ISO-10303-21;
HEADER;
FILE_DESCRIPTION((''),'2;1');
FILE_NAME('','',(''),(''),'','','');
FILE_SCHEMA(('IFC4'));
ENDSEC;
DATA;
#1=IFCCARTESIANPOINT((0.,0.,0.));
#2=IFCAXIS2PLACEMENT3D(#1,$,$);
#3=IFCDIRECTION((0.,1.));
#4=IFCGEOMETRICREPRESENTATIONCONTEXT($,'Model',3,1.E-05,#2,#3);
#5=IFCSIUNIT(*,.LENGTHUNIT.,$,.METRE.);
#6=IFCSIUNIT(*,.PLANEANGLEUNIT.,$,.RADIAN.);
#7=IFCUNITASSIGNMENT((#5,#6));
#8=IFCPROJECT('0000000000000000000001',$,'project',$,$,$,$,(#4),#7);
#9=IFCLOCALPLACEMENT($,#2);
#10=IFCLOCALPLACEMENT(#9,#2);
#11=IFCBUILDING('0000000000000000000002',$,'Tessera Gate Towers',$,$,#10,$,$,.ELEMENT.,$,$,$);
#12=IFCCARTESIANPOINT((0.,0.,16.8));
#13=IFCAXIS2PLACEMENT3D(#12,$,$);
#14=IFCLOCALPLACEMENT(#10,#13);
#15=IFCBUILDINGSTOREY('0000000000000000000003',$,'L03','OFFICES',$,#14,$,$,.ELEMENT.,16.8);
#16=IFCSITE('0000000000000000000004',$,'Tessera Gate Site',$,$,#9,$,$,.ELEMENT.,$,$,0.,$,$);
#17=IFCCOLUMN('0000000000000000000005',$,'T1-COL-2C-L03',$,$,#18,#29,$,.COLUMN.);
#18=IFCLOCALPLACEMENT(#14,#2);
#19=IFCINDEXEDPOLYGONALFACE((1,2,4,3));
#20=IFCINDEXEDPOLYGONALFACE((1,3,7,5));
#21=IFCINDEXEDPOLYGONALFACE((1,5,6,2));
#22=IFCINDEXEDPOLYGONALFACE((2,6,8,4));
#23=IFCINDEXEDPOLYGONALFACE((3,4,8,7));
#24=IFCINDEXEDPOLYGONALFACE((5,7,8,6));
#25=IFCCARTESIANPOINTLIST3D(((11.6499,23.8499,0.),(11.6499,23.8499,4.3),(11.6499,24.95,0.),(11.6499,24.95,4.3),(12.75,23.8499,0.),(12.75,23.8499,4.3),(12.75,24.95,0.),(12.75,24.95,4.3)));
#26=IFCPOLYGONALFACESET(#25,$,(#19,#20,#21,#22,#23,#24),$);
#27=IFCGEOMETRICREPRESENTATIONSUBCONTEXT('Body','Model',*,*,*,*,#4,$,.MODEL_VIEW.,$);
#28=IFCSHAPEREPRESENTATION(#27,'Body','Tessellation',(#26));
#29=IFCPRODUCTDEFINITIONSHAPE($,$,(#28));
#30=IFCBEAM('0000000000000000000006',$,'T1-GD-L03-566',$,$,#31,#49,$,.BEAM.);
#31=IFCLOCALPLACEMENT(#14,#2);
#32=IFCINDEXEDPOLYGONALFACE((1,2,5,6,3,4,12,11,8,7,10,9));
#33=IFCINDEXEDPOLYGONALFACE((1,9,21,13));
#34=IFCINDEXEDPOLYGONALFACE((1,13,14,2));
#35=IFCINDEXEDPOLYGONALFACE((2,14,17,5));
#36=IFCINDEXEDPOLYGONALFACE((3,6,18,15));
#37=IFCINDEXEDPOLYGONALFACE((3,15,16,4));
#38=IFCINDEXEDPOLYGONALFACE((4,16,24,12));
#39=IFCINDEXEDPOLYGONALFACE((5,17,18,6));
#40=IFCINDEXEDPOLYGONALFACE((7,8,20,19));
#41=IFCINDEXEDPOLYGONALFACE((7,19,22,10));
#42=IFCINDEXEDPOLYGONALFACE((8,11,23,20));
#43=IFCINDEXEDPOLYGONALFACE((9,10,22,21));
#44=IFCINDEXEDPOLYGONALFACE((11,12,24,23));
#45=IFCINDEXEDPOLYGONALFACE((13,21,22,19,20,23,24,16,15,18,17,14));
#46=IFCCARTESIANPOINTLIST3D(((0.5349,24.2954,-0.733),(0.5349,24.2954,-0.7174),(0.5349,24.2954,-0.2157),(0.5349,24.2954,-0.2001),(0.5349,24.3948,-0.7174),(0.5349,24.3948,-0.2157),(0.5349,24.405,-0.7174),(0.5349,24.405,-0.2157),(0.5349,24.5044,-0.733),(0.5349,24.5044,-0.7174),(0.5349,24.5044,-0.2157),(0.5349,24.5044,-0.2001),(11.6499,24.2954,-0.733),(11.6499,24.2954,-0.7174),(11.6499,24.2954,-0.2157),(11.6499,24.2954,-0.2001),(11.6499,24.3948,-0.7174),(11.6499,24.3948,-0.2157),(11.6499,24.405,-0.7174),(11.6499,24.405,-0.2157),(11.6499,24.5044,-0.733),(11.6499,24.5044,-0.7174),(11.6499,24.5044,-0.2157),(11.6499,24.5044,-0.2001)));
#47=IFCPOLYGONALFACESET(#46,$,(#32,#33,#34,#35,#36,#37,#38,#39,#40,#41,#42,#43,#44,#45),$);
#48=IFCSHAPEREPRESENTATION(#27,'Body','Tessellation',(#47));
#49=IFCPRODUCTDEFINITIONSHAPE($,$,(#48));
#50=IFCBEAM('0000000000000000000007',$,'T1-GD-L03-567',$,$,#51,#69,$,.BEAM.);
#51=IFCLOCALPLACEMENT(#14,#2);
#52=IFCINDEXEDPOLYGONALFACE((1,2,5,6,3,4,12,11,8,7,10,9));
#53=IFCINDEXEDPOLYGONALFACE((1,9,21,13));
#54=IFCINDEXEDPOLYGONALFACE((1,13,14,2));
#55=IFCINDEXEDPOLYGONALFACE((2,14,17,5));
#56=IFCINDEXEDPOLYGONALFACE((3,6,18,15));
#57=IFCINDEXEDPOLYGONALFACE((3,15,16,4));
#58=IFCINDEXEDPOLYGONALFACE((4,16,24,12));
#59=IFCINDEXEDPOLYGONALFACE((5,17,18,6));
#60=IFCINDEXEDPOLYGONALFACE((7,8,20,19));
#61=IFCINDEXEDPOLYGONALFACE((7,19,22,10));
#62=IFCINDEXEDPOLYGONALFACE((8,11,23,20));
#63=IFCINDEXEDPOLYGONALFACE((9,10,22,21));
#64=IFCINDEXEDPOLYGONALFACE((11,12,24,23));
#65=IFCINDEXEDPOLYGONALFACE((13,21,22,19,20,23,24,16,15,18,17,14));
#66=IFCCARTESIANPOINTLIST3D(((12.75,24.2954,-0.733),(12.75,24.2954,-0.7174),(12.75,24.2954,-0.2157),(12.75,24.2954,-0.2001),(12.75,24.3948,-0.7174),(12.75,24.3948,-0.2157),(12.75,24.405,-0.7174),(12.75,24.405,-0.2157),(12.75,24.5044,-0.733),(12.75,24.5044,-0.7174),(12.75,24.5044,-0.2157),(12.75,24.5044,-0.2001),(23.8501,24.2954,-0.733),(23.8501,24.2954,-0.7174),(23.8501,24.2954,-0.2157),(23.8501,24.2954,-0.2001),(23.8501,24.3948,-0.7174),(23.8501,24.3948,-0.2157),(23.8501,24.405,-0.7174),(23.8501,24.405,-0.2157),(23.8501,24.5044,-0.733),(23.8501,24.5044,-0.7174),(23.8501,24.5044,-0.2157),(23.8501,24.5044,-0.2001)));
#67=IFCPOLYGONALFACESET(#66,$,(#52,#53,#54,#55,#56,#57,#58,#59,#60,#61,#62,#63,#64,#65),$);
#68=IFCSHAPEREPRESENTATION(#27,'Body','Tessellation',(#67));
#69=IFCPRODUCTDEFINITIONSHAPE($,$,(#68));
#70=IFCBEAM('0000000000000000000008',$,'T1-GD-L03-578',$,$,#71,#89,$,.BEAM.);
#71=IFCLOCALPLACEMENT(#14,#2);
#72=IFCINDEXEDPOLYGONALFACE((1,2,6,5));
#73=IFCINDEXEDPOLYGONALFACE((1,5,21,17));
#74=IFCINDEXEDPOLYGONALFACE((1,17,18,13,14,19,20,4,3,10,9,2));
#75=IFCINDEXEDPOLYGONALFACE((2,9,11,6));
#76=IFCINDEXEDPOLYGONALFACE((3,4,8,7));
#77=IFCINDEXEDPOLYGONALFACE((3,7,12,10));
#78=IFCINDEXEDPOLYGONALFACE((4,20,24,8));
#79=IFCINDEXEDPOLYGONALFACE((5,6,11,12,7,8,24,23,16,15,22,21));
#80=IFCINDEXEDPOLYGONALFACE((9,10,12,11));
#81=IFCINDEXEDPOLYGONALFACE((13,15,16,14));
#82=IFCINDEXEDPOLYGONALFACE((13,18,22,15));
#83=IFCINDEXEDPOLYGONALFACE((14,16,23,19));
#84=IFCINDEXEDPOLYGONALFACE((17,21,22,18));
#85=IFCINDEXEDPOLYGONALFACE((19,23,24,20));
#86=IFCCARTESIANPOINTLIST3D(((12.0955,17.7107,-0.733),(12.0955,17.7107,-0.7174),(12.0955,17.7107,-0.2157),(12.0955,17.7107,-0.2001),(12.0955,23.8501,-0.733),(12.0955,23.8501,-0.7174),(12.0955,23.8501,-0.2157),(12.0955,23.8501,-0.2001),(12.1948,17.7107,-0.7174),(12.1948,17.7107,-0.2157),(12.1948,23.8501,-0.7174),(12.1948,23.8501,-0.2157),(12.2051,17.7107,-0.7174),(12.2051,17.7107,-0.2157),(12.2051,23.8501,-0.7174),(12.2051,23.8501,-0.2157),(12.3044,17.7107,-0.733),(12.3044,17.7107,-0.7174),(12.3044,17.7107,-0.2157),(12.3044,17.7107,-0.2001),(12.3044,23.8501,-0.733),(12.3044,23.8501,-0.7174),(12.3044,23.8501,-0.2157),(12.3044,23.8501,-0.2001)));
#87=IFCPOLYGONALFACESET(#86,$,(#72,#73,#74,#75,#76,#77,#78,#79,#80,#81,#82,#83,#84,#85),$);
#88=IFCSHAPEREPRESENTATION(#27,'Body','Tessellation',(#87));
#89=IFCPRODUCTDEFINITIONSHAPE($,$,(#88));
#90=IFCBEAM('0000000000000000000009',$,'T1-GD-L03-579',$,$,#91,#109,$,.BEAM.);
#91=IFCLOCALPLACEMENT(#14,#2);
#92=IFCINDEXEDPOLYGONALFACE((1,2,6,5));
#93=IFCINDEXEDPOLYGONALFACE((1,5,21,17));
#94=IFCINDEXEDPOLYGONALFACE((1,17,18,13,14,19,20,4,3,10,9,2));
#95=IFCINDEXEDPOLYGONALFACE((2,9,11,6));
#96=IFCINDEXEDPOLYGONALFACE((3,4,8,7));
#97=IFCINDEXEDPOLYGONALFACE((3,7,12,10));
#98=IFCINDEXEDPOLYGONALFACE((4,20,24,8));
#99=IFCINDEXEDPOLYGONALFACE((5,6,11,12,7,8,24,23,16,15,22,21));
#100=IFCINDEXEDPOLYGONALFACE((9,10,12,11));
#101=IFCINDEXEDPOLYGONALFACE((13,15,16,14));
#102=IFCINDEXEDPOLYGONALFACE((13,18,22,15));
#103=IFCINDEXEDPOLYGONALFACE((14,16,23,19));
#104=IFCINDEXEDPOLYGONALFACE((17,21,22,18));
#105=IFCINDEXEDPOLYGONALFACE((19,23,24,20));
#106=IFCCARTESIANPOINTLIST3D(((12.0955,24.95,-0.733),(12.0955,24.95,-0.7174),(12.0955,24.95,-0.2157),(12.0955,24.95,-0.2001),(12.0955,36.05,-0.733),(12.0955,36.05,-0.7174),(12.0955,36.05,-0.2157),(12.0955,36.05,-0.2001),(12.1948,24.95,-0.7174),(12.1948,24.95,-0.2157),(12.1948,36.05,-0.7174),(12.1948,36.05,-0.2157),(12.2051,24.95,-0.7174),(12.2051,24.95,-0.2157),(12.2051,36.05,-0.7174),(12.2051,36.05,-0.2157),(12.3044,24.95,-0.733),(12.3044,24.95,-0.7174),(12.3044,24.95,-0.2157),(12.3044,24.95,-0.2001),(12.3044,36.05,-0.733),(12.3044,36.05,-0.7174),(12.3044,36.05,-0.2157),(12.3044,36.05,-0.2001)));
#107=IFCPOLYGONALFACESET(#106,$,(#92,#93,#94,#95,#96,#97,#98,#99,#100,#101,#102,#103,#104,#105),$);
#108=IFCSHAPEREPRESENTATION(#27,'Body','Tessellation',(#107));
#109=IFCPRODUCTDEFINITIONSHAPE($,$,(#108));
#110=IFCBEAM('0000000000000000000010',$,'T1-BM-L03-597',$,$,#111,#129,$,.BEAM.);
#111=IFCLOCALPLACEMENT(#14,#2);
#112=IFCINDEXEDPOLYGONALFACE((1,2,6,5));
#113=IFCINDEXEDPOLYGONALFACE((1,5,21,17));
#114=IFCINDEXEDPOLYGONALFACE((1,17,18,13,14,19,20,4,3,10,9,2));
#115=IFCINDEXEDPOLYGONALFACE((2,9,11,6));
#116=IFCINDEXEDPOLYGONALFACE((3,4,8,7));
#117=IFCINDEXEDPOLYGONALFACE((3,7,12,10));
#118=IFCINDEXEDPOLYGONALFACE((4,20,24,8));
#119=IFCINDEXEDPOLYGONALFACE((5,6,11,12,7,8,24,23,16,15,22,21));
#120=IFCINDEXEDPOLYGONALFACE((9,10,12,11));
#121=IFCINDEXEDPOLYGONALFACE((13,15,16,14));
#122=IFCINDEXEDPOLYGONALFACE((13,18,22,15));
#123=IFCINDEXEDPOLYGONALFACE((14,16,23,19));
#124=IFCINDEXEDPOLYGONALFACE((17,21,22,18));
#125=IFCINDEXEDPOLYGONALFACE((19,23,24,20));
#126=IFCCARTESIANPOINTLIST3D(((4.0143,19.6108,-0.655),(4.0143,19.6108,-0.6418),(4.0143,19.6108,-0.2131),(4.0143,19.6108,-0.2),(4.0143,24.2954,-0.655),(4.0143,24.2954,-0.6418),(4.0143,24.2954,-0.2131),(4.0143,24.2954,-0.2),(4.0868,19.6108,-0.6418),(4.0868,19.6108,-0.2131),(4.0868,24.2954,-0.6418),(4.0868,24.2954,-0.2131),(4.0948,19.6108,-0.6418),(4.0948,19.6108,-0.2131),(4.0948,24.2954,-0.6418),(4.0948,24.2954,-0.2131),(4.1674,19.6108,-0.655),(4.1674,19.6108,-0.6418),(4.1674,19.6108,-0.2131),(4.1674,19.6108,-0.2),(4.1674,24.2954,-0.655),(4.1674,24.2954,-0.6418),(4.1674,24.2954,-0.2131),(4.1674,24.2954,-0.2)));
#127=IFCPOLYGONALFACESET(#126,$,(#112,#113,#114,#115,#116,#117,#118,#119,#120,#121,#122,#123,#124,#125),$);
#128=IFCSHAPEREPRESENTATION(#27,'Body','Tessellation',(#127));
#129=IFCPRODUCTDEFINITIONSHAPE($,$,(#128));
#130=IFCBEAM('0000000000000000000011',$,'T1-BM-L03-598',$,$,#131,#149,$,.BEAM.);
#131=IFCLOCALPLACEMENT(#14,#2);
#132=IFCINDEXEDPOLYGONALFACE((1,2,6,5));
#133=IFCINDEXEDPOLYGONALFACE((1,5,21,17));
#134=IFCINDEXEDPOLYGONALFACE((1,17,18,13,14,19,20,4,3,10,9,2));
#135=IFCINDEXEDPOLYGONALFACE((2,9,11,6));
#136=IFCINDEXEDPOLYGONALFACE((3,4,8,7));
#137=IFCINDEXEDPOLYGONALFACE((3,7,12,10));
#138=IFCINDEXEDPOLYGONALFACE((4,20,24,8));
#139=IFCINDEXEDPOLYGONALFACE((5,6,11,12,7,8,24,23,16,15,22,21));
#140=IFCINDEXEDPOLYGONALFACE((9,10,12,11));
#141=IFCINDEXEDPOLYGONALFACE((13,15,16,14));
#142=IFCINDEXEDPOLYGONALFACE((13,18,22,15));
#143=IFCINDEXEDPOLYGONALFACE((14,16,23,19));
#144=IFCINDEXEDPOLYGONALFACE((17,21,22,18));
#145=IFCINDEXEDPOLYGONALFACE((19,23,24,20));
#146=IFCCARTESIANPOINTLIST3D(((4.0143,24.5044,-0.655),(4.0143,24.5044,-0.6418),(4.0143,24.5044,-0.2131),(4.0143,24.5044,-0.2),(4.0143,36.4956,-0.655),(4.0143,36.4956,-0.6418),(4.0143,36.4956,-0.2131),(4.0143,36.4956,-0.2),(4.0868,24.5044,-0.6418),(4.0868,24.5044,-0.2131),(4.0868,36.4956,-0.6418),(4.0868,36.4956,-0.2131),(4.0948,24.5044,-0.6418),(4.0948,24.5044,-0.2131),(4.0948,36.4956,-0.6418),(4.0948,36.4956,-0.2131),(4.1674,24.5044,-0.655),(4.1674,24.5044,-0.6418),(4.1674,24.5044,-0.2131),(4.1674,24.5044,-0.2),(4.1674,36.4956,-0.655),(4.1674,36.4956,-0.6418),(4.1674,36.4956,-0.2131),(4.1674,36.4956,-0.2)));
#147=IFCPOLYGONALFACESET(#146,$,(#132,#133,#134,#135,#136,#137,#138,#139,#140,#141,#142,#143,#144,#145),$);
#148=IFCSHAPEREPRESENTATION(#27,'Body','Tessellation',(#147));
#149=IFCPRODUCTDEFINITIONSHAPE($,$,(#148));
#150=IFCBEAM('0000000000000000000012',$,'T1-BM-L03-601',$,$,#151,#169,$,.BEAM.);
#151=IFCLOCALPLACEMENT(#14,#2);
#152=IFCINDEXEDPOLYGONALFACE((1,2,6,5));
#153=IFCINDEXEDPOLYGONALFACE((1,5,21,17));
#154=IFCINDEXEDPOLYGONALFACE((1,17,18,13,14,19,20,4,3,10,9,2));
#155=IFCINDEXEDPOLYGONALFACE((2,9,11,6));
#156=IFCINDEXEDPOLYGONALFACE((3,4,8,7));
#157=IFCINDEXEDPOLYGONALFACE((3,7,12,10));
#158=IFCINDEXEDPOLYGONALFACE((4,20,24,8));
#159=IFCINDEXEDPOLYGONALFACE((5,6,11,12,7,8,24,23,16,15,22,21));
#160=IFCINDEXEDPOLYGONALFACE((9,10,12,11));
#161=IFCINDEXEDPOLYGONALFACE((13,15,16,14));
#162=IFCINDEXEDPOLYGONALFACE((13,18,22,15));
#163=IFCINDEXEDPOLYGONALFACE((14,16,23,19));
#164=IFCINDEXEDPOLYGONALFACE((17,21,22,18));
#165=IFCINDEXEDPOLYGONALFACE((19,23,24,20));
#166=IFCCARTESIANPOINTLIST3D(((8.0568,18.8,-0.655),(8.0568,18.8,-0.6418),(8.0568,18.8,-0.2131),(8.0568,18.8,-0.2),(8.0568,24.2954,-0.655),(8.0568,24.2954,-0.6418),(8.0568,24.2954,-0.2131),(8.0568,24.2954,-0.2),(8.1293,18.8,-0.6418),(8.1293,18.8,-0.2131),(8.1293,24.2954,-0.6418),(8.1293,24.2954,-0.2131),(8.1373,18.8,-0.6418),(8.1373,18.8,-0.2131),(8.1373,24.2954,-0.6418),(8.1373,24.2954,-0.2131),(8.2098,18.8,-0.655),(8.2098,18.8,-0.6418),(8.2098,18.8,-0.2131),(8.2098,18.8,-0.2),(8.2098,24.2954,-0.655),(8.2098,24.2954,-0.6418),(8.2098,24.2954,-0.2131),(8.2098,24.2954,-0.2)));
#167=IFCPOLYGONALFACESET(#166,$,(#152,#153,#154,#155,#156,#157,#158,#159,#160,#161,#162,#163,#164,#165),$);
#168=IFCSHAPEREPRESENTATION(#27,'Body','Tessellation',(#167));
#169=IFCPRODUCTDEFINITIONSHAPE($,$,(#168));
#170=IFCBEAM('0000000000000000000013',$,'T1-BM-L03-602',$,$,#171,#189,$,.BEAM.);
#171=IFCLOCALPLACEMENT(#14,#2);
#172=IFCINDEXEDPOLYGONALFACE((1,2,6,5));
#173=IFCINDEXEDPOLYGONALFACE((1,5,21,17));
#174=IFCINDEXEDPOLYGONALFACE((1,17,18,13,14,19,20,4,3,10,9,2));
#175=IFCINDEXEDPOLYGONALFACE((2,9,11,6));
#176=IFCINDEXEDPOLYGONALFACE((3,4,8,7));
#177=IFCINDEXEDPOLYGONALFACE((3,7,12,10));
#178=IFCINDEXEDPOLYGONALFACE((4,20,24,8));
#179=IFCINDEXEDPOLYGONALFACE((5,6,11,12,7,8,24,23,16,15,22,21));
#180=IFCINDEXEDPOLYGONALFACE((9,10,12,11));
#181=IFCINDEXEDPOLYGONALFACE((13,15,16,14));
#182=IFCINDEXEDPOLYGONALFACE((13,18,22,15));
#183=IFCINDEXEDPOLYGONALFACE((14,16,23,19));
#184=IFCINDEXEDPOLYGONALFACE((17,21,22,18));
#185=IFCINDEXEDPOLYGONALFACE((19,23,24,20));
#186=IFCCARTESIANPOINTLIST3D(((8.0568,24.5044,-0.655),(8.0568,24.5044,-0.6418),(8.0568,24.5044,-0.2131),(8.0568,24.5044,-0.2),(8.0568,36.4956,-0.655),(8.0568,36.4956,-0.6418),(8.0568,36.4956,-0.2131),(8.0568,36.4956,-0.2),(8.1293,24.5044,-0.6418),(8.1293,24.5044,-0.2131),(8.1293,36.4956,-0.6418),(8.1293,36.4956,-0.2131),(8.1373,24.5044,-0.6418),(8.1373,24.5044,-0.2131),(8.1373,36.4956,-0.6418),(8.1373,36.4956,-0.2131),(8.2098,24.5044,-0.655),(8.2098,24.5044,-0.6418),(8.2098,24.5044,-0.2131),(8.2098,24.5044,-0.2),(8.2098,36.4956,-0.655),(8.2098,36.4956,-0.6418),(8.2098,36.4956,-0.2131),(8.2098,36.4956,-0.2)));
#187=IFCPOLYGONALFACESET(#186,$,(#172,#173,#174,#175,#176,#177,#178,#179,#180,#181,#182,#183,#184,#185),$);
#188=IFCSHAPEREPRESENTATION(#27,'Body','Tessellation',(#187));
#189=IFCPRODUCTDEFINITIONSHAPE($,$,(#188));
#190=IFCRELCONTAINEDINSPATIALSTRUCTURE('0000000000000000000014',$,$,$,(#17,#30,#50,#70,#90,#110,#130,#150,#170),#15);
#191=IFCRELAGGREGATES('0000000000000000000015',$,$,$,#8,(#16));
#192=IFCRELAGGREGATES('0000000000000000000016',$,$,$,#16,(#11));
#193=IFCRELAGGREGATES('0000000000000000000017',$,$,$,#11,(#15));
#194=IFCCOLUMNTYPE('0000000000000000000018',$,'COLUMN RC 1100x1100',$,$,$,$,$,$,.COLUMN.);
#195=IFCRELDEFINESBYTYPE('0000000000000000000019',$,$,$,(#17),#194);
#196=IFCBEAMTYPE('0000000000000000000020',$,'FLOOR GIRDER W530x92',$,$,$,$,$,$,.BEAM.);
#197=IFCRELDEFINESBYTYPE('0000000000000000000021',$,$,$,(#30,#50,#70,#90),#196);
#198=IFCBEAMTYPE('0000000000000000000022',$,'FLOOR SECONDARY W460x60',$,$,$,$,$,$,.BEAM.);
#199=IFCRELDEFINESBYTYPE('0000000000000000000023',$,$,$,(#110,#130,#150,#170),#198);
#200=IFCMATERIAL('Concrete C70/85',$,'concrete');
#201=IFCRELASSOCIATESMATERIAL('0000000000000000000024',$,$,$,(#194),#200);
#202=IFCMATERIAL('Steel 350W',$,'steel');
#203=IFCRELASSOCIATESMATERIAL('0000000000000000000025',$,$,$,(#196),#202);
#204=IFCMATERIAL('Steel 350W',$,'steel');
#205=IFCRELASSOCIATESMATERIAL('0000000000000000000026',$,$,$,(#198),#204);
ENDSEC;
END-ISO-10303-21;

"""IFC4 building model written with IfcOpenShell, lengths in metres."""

from ifc_helpers import new_model, si_unit, direction, frame, origin, origin_2d, place, context, subcontext, project, spatial, rectangle, i_section, extrude, material, material_profile, profile_set, type_object, element, save


model = new_model("IFC4")

# Units and contexts
model_context = context("Model", 3, precision=1e-05, world=origin(), true_north=direction((0.0, 1.0)))
body_context = subcontext(model_context, "Body", "Model", "MODEL_VIEW")
ifc_project = project(units=[si_unit("LENGTHUNIT", "METRE"), si_unit("PLANEANGLEUNIT", "RADIAN")], contexts=[model_context])

# Site, building, storey
site_placement = place(None, origin())
site = spatial("IfcSite", under=ifc_project, at=site_placement, Name="Tessera Gate Site", CompositionType="ELEMENT", RefElevation=0.0)
building_placement = place(site_placement, origin())
building = spatial("IfcBuilding", under=site, at=building_placement, Name="Tessera Gate Towers", CompositionType="ELEMENT")
storey_placement = place(building_placement, frame((0.0, 0.0, 16.8)))
storey = spatial("IfcBuildingStorey", under=building, at=storey_placement, Name="L03", Description="OFFICES", CompositionType="ELEMENT", Elevation=16.8)

# Column
ifc_material_1 = material(Name="Concrete C70/85", Category="concrete")
ifc_material_profile_1 = material_profile(ifc_material_1, rectangle(XDim=1.1001, YDim=1.1001, at=origin_2d()), Name="RC 1100x1100")
ifc_profile_set_1 = profile_set([ifc_material_profile_1], Name="Concrete C70/85")
column_type = type_object("IfcColumnType", Name="COLUMN RC 1100x1100", PredefinedType="COLUMN", material=ifc_profile_set_1)
column_placement = place(storey_placement, frame((12.2, 24.3999, 0.0), z_axis=(0.0, 0.0, 1.0), x_axis=(1.0, 0.0, 0.0)))
element("IfcColumn", 1, at=column_placement, inside=storey, type_object=column_type, Name="T1-COL-2C-L03", PredefinedType="COLUMN", context=body_context, shape_type="SweptSolid", body=[
    extrude(rectangle(XDim=1.1001, YDim=1.1001, at=origin_2d()), origin(), (0.0, 0.0, 1.0), 4.3),
])

# Beams
ifc_material_2 = material(Name="Steel 350W", Category="steel")
ifc_material_profile_2 = material_profile(ifc_material_2, i_section(OverallWidth=0.209, OverallDepth=0.533, WebThickness=0.0103, FlangeThickness=0.0156, at=origin_2d()), Name="W530x92")
ifc_profile_set_2 = profile_set([ifc_material_profile_2], Name="Steel 350W")
beam_type_1 = type_object("IfcBeamType", Name="FLOOR GIRDER W530x92", PredefinedType="BEAM", material=ifc_profile_set_2)
beam_1_placement = place(storey_placement, frame((0.5349, 24.3999, -0.4666), z_axis=(1.0, 0.0, 0.0), x_axis=(0.0, 1.0, 0.0)))
element("IfcBeam", 2, at=beam_1_placement, inside=storey, type_object=beam_type_1, Name="T1-GD-L03-566", PredefinedType="BEAM", context=body_context, shape_type="SweptSolid", body=[
    extrude(i_section(OverallWidth=0.209, OverallDepth=0.533, WebThickness=0.0103, FlangeThickness=0.0156, at=origin_2d()), origin(), (0.0, 0.0, 1.0), 11.115),
])
beam_2_placement = place(storey_placement, frame((12.75, 24.3999, -0.4666), z_axis=(1.0, 0.0, 0.0), x_axis=(0.0, 1.0, 0.0)))
element("IfcBeam", 3, at=beam_2_placement, inside=storey, type_object=beam_type_1, Name="T1-GD-L03-567", PredefinedType="BEAM", context=body_context, shape_type="SweptSolid", body=[
    extrude(i_section(OverallWidth=0.209, OverallDepth=0.533, WebThickness=0.0103, FlangeThickness=0.0156, at=origin_2d()), origin(), (0.0, 0.0, 1.0), 11.1001),
])
beam_3_placement = place(storey_placement, frame((12.2, 17.7107, -0.4666), z_axis=(0.0, 1.0, 0.0), x_axis=(-1.0, 0.0, 0.0)))
element("IfcBeam", 4, at=beam_3_placement, inside=storey, type_object=beam_type_1, Name="T1-GD-L03-578", PredefinedType="BEAM", context=body_context, shape_type="SweptSolid", body=[
    extrude(i_section(OverallWidth=0.209, OverallDepth=0.533, WebThickness=0.0103, FlangeThickness=0.0156, at=origin_2d()), origin(), (0.0, 0.0, 1.0), 6.1394),
])
beam_4_placement = place(storey_placement, frame((12.2, 24.95, -0.4666), z_axis=(0.0, 1.0, 0.0), x_axis=(-1.0, 0.0, 0.0)))
element("IfcBeam", 5, at=beam_4_placement, inside=storey, type_object=beam_type_1, Name="T1-GD-L03-579", PredefinedType="BEAM", context=body_context, shape_type="SweptSolid", body=[
    extrude(i_section(OverallWidth=0.209, OverallDepth=0.533, WebThickness=0.0103, FlangeThickness=0.0156, at=origin_2d()), origin(), (0.0, 0.0, 1.0), 11.1001),
])
ifc_material_3 = material(Name="Steel 350W", Category="steel")
ifc_material_profile_3 = material_profile(ifc_material_3, i_section(OverallWidth=0.1531, OverallDepth=0.4551, WebThickness=0.0081, FlangeThickness=0.0132, at=origin_2d()), Name="W460x60")
ifc_profile_set_3 = profile_set([ifc_material_profile_3], Name="Steel 350W")
beam_type_2 = type_object("IfcBeamType", Name="FLOOR SECONDARY W460x60", PredefinedType="BEAM", material=ifc_profile_set_3)
beam_5_placement = place(storey_placement, frame((4.0908, 19.6108, -0.4275), z_axis=(0.0, 1.0, 0.0), x_axis=(-1.0, 0.0, 0.0)))
element("IfcBeam", 6, at=beam_5_placement, inside=storey, type_object=beam_type_2, Name="T1-BM-L03-597", PredefinedType="BEAM", context=body_context, shape_type="SweptSolid", body=[
    extrude(i_section(OverallWidth=0.1531, OverallDepth=0.4551, WebThickness=0.0081, FlangeThickness=0.0132, at=origin_2d()), origin(), (0.0, 0.0, 1.0), 4.6846),
])
beam_6_placement = place(storey_placement, frame((4.0908, 24.5044, -0.4275), z_axis=(0.0, 1.0, 0.0), x_axis=(-1.0, 0.0, 0.0)))
element("IfcBeam", 7, at=beam_6_placement, inside=storey, type_object=beam_type_2, Name="T1-BM-L03-598", PredefinedType="BEAM", context=body_context, shape_type="SweptSolid", body=[
    extrude(i_section(OverallWidth=0.1531, OverallDepth=0.4551, WebThickness=0.0081, FlangeThickness=0.0132, at=origin_2d()), origin(), (0.0, 0.0, 1.0), 11.9912),
])
beam_7_placement = place(storey_placement, frame((8.1333, 18.8, -0.4275), z_axis=(0.0, 1.0, 0.0), x_axis=(-1.0, 0.0, 0.0)))
element("IfcBeam", 8, at=beam_7_placement, inside=storey, type_object=beam_type_2, Name="T1-BM-L03-601", PredefinedType="BEAM", context=body_context, shape_type="SweptSolid", body=[
    extrude(i_section(OverallWidth=0.1531, OverallDepth=0.4551, WebThickness=0.0081, FlangeThickness=0.0132, at=origin_2d()), origin(), (0.0, 0.0, 1.0), 5.4954),
])
beam_8_placement = place(storey_placement, frame((8.1333, 24.5044, -0.4275), z_axis=(0.0, 1.0, 0.0), x_axis=(-1.0, 0.0, 0.0)))
element("IfcBeam", 9, at=beam_8_placement, inside=storey, type_object=beam_type_2, Name="T1-BM-L03-602", PredefinedType="BEAM", context=body_context, shape_type="SweptSolid", body=[
    extrude(i_section(OverallWidth=0.1531, OverallDepth=0.4551, WebThickness=0.0081, FlangeThickness=0.0132, at=origin_2d()), origin(), (0.0, 0.0, 1.0), 11.9912),
])

save(model, "model.ifc")
